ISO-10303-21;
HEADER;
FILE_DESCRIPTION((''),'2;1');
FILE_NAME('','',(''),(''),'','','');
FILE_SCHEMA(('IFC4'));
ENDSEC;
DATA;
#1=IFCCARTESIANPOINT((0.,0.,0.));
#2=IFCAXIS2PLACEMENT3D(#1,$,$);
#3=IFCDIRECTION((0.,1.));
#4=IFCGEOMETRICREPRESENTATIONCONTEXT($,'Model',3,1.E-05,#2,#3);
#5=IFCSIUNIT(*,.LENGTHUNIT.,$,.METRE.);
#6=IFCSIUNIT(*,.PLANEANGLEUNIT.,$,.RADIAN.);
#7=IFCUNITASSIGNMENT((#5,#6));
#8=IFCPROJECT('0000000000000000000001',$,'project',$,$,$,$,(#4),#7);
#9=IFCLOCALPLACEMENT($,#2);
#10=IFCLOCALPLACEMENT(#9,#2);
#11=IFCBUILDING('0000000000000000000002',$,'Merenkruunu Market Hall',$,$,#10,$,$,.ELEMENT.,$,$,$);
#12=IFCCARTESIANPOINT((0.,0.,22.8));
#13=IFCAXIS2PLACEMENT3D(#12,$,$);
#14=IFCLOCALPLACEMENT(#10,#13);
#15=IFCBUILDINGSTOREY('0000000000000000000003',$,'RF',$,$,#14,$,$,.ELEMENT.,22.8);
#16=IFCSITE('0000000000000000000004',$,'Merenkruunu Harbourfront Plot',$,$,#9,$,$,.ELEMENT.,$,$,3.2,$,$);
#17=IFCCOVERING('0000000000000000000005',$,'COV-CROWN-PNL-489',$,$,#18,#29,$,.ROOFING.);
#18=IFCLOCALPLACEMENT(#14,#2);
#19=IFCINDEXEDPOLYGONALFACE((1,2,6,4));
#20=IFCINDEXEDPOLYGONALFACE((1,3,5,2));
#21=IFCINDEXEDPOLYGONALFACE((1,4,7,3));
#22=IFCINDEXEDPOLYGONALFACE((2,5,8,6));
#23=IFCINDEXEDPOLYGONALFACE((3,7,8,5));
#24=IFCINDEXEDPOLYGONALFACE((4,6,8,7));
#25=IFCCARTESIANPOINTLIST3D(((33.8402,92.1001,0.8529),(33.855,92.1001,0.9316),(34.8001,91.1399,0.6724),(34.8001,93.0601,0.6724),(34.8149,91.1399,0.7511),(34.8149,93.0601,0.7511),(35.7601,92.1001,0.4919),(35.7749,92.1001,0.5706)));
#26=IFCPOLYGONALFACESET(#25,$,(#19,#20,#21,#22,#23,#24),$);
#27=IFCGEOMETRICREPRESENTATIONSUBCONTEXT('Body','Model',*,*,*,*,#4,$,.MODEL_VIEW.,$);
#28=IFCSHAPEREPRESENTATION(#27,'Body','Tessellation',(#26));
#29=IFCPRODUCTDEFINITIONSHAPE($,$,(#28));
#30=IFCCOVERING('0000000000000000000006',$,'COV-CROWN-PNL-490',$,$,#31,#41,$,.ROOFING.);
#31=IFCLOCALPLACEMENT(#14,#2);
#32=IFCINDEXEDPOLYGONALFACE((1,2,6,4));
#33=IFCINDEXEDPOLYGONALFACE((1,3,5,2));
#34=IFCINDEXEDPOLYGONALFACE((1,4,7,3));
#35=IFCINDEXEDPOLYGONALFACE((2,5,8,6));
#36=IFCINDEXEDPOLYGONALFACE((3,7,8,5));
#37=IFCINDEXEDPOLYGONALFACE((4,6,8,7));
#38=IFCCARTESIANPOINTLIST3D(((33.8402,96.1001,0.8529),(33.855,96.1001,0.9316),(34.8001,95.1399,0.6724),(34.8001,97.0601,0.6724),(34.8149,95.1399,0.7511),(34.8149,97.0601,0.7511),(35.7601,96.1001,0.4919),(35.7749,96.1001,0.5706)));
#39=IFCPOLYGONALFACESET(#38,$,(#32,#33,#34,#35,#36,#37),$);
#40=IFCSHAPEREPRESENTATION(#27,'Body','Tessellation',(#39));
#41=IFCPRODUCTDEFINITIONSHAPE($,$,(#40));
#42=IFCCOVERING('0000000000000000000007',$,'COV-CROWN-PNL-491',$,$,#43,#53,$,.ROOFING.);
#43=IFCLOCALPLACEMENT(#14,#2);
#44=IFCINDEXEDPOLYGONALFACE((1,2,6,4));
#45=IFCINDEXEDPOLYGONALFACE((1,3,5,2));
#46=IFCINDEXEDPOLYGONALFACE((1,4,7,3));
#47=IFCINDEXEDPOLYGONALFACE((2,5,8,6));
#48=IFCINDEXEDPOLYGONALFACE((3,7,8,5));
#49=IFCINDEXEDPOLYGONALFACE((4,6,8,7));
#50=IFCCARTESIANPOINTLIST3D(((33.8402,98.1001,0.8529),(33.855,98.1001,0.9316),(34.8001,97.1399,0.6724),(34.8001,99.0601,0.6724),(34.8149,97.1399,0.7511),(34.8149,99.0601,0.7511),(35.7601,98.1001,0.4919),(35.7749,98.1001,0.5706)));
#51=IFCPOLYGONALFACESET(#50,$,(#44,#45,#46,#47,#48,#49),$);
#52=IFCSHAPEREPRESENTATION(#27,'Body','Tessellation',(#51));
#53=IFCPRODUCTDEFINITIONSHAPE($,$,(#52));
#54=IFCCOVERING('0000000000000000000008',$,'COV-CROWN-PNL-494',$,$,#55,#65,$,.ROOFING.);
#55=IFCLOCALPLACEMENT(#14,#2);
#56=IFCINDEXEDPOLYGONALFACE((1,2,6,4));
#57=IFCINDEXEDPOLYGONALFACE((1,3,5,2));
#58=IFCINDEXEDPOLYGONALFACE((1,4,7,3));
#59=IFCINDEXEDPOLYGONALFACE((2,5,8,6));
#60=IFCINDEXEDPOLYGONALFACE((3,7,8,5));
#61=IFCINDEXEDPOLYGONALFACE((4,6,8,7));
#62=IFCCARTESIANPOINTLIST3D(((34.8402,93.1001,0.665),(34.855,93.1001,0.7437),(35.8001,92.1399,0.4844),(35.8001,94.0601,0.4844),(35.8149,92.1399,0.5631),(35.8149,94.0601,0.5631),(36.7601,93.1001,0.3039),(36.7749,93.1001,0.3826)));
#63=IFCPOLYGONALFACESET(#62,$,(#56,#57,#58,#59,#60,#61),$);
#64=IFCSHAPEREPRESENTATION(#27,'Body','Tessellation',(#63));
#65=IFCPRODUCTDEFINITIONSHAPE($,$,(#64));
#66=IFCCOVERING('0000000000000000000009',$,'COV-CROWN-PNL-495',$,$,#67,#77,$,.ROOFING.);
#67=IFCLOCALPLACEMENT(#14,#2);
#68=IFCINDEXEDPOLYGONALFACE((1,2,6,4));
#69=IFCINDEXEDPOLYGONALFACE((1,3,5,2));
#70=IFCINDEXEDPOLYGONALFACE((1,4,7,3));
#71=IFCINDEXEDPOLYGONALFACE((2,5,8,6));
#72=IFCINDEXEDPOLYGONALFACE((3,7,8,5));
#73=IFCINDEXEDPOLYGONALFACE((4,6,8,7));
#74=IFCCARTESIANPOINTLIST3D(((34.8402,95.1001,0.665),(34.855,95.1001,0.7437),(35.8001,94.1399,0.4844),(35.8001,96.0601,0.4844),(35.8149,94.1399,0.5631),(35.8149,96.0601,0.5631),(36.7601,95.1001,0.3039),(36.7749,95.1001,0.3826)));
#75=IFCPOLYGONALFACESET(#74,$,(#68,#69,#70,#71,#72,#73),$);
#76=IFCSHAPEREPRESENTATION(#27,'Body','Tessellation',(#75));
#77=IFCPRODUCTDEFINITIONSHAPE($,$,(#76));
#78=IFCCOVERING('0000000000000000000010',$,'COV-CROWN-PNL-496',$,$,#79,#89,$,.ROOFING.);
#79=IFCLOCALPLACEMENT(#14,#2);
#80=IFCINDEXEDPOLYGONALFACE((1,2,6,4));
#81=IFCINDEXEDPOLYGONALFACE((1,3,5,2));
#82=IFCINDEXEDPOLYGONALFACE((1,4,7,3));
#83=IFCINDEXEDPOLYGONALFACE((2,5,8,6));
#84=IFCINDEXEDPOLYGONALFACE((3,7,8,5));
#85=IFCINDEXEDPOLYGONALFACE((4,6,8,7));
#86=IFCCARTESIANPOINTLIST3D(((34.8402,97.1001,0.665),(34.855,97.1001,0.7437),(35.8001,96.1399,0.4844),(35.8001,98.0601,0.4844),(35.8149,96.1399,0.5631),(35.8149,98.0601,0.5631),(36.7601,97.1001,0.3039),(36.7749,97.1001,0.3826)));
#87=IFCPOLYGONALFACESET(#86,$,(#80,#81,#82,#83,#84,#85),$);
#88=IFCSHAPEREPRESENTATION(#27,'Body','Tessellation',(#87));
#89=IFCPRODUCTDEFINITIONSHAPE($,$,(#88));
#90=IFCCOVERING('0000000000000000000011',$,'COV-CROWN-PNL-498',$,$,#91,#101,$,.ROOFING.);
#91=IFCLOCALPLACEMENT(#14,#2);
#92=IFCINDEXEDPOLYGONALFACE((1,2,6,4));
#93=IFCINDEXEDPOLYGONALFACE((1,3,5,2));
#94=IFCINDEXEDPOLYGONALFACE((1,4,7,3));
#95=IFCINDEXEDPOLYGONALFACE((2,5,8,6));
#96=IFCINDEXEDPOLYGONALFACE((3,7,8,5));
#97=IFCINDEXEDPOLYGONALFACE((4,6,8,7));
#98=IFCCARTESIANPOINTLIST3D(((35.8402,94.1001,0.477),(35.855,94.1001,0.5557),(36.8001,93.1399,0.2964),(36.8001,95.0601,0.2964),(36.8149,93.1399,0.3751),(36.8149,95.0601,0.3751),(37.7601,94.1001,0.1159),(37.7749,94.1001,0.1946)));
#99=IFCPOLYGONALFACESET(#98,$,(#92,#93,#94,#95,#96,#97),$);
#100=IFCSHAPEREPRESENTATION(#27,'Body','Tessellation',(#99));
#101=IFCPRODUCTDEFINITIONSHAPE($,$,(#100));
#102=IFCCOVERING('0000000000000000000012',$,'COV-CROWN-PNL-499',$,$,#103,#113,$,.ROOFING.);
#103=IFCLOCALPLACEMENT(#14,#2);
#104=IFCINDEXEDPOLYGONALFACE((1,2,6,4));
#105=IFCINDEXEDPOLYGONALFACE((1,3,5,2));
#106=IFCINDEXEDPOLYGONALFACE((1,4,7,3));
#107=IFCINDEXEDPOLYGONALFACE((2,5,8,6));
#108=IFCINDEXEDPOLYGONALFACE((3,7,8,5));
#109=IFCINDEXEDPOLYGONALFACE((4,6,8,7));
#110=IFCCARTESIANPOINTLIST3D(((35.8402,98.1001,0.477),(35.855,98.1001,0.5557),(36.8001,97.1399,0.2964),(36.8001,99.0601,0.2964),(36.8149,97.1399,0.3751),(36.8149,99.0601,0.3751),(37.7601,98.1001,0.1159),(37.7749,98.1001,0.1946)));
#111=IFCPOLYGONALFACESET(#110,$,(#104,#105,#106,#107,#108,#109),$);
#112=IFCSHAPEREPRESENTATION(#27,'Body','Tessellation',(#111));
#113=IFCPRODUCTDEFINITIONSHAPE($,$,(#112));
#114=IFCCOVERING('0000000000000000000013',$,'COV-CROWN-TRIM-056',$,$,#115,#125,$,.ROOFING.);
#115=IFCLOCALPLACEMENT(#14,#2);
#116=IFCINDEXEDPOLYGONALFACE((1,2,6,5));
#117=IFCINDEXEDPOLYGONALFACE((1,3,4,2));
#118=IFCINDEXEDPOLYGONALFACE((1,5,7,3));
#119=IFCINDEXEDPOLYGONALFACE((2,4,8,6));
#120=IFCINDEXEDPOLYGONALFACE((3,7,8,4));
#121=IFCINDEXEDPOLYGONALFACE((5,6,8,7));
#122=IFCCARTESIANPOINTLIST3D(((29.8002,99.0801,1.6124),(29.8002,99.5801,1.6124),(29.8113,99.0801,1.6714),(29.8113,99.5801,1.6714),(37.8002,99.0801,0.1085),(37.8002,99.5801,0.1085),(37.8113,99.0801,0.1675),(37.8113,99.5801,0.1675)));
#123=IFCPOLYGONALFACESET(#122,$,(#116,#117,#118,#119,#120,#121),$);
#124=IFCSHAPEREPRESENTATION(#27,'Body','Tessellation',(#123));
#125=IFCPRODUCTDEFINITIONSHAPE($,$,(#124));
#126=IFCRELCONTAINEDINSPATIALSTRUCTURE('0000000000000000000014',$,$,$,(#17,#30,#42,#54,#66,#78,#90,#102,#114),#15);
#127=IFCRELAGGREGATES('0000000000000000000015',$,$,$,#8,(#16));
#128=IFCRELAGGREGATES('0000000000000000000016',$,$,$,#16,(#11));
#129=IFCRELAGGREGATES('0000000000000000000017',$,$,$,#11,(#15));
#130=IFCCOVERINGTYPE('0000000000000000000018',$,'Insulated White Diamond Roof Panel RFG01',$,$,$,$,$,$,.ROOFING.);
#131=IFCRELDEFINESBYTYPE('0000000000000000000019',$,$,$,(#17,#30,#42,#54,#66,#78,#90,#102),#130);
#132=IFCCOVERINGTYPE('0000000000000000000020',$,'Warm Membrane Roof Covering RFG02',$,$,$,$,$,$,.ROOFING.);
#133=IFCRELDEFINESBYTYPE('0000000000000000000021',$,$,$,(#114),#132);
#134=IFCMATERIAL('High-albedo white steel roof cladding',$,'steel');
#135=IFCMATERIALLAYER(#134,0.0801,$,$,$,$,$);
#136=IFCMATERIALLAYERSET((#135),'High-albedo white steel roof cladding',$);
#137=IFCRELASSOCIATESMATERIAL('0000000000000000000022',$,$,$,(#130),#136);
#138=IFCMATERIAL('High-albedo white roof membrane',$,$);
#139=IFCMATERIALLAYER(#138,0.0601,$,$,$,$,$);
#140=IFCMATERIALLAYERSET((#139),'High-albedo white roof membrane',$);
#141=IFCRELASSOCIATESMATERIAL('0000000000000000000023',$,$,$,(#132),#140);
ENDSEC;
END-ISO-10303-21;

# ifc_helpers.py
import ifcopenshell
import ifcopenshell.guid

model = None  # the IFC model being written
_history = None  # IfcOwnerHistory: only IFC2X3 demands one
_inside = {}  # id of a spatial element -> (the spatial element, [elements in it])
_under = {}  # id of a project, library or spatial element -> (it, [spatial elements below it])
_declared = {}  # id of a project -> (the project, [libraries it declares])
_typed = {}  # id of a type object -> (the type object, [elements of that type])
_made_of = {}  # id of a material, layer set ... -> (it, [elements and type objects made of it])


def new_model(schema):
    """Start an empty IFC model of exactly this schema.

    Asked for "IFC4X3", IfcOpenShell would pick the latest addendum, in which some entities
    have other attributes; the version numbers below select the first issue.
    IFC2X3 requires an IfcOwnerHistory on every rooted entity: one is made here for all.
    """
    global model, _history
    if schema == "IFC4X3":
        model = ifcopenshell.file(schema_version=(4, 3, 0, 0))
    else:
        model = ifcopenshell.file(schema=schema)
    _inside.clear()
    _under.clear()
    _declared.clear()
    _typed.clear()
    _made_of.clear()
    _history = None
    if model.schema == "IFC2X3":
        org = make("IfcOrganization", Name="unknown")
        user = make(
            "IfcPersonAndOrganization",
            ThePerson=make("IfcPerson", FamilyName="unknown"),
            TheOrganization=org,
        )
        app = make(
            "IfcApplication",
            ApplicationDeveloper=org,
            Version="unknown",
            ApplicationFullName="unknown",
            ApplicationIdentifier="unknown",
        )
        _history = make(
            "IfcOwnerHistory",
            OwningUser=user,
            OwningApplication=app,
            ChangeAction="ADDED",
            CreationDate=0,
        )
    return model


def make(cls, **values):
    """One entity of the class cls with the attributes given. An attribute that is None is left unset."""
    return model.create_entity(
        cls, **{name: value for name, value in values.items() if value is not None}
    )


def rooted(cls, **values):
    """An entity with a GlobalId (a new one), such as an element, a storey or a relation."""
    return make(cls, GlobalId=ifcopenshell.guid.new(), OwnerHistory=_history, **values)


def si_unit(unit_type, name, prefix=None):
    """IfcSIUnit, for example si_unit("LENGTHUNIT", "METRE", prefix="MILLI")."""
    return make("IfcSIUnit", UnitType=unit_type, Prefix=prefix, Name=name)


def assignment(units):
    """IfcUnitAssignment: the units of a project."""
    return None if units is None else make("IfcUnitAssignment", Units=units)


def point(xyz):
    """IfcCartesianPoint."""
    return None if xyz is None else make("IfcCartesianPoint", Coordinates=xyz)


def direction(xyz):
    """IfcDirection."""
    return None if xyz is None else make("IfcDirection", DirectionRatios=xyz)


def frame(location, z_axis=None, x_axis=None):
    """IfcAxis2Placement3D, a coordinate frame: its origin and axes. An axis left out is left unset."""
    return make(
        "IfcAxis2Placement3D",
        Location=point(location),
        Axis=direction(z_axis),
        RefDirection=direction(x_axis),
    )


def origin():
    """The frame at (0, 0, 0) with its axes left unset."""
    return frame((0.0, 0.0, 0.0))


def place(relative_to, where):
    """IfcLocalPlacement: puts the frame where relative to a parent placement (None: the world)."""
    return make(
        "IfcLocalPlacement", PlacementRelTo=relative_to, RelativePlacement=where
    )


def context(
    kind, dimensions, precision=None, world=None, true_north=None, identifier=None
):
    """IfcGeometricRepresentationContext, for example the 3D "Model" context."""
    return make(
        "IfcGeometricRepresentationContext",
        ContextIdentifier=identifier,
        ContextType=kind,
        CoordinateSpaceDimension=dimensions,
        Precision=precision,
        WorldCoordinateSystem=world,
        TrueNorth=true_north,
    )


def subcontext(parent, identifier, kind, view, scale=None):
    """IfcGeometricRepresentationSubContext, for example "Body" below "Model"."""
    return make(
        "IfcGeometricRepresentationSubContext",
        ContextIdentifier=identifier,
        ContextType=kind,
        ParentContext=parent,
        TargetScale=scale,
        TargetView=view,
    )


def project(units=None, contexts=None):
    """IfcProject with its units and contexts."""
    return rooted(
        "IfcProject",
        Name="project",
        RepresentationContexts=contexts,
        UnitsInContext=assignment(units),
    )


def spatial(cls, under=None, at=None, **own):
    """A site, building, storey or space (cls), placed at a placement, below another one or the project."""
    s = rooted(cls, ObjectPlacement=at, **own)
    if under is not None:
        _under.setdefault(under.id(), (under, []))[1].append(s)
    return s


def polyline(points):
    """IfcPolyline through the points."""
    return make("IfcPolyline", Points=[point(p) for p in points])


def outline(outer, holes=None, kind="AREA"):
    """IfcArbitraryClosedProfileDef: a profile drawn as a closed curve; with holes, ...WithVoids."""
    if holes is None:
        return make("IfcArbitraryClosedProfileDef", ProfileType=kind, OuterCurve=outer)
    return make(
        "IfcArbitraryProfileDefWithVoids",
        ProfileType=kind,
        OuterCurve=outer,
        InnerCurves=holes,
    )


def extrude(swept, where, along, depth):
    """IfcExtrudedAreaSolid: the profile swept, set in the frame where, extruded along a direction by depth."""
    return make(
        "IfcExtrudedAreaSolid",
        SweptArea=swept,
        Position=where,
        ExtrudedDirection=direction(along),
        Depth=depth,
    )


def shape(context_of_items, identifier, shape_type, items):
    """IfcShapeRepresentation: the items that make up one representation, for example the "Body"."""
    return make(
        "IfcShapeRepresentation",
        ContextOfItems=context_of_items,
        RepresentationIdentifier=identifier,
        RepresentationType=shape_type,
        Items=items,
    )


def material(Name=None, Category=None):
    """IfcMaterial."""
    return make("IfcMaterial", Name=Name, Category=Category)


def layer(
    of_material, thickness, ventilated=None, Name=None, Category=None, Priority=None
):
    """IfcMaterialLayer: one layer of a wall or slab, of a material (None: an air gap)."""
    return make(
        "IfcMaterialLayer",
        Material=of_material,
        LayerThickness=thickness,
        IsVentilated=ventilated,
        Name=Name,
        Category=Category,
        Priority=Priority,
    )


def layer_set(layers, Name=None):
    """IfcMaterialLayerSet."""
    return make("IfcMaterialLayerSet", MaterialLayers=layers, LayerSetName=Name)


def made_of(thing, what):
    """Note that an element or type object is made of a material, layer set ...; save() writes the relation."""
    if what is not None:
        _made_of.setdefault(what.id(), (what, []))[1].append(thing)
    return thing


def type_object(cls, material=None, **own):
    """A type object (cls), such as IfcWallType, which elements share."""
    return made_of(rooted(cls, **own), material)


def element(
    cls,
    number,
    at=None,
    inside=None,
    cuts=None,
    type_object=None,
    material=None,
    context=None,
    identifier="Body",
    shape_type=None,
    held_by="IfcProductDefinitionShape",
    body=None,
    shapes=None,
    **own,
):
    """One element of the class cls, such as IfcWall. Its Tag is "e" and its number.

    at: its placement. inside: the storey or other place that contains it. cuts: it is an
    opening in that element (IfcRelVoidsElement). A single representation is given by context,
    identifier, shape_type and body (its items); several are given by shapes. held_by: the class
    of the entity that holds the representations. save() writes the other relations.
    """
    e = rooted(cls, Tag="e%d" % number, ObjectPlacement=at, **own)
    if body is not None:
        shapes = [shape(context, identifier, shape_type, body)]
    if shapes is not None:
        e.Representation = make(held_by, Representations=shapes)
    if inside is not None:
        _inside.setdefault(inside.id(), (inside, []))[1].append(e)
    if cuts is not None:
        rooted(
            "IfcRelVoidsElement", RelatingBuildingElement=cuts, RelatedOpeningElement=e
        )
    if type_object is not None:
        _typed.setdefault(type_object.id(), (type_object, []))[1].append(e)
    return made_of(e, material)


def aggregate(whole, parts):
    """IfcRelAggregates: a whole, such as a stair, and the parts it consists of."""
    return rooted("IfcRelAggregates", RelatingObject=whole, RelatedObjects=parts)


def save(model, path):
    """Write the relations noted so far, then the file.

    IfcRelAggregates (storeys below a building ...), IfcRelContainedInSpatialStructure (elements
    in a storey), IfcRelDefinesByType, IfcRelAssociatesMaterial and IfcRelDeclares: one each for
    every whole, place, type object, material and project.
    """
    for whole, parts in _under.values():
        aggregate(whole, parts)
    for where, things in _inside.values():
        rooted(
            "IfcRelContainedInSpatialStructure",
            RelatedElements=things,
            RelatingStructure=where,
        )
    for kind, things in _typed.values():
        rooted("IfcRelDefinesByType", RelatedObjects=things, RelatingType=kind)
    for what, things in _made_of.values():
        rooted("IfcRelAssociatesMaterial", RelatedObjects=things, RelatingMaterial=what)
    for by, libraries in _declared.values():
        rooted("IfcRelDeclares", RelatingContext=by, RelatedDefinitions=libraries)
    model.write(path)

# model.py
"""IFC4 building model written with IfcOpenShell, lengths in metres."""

from ifc_helpers import new_model, si_unit, direction, frame, origin, place, context, subcontext, project, spatial, polyline, outline, extrude, material, layer, layer_set, type_object, element, save


model = new_model("IFC4")

# Units and contexts
model_context = context("Model", 3, precision=1e-05, world=origin(), true_north=direction((0.0, 1.0)))
body_context = subcontext(model_context, "Body", "Model", "MODEL_VIEW")
ifc_project = project(units=[si_unit("LENGTHUNIT", "METRE"), si_unit("PLANEANGLEUNIT", "RADIAN")], contexts=[model_context])

# Site, building, storey
site_placement = place(None, origin())
site = spatial("IfcSite", under=ifc_project, at=site_placement, Name="Merenkruunu Harbourfront Plot", CompositionType="ELEMENT", RefElevation=3.2)
building_placement = place(site_placement, origin())
building = spatial("IfcBuilding", under=site, at=building_placement, Name="Merenkruunu Market Hall", CompositionType="ELEMENT")
storey_placement = place(building_placement, frame((0.0, 0.0, 22.8)))
storey = spatial("IfcBuildingStorey", under=building, at=storey_placement, Name="RF", CompositionType="ELEMENT", Elevation=22.8)

# Coverings
ifc_material_1 = material(Name="High-albedo white steel roof cladding", Category="steel")
ifc_layer_1 = layer(ifc_material_1, 0.0801)
ifc_layer_set_1 = layer_set([ifc_layer_1], Name="High-albedo white steel roof cladding")
covering_type_1 = type_object("IfcCoveringType", Name="Insulated White Diamond Roof Panel RFG01", PredefinedType="ROOFING", material=ifc_layer_set_1)
for number, where, z_axis, x_axis, name in (
    (1, (33.855, 92.1001, 0.9316), (0.184832, 0.0, 0.98277), (0.70084, -0.701035, -0.131809), "COV-CROWN-PNL-489"),
    (2, (33.855, 96.1001, 0.9316), (0.184832, 0.0, 0.98277), (0.70084, -0.701035, -0.131809), "COV-CROWN-PNL-490"),
    (3, (33.855, 98.1001, 0.9316), (0.184832, 0.0, 0.98277), (0.70084, -0.701035, -0.131809), "COV-CROWN-PNL-491"),
    (4, (34.855, 93.1001, 0.7437), (0.184832, 0.0, 0.98277), (0.70084, -0.701035, -0.131809), "COV-CROWN-PNL-494"),
    (5, (34.855, 95.1001, 0.7437), (0.184832, 0.0, 0.98277), (0.70084, -0.701035, -0.131809), "COV-CROWN-PNL-495"),
    (6, (34.855, 97.1001, 0.7437), (0.184832, 0.0, 0.98277), (0.70084, -0.701035, -0.131809), "COV-CROWN-PNL-496"),
    (7, (35.855, 94.1001, 0.5557), (0.184832, 0.0, 0.98277), (0.70084, -0.701035, -0.131809), "COV-CROWN-PNL-498"),
    (8, (35.855, 98.1001, 0.5557), (0.184832, 0.0, 0.98277), (0.70084, -0.701035, -0.131809), "COV-CROWN-PNL-499"),
):
    element("IfcCovering", number, at=place(storey_placement, frame(where, z_axis=z_axis, x_axis=x_axis)), inside=storey, type_object=covering_type_1, Name=name, PredefinedType="ROOFING", context=body_context, shape_type="SweptSolid", body=[
        extrude(outline(polyline([(0.0, 0.0), (1.3697, 0.0), (1.3932, 1.3695), (0.0236, 1.3693), (0.0, 0.0)])), origin(), (0.0, 0.0, -1.0), 0.0801),
    ])
ifc_material_2 = material(Name="High-albedo white roof membrane")
ifc_layer_2 = layer(ifc_material_2, 0.0601)
ifc_layer_set_2 = layer_set([ifc_layer_2], Name="High-albedo white roof membrane")
covering_type_2 = type_object("IfcCoveringType", Name="Warm Membrane Roof Covering RFG02", PredefinedType="ROOFING", material=ifc_layer_set_2)
covering_placement = place(storey_placement, frame((29.8113, 99.0801, 1.6714), z_axis=(0.184752, 0.0, 0.982785), x_axis=(0.982785, 0.0, -0.184752)))
element("IfcCovering", 9, at=covering_placement, inside=storey, type_object=covering_type_2, Name="COV-CROWN-TRIM-056", PredefinedType="ROOFING", context=body_context, shape_type="SweptSolid", body=[
    extrude(outline(polyline([(0.0, 0.0), (8.1401, 0.0), (8.1401, 0.5), (0.0, 0.5), (0.0, 0.0)])), origin(), (0.0, 0.0, -1.0), 0.0601),
])

save(model, "model.ifc")
